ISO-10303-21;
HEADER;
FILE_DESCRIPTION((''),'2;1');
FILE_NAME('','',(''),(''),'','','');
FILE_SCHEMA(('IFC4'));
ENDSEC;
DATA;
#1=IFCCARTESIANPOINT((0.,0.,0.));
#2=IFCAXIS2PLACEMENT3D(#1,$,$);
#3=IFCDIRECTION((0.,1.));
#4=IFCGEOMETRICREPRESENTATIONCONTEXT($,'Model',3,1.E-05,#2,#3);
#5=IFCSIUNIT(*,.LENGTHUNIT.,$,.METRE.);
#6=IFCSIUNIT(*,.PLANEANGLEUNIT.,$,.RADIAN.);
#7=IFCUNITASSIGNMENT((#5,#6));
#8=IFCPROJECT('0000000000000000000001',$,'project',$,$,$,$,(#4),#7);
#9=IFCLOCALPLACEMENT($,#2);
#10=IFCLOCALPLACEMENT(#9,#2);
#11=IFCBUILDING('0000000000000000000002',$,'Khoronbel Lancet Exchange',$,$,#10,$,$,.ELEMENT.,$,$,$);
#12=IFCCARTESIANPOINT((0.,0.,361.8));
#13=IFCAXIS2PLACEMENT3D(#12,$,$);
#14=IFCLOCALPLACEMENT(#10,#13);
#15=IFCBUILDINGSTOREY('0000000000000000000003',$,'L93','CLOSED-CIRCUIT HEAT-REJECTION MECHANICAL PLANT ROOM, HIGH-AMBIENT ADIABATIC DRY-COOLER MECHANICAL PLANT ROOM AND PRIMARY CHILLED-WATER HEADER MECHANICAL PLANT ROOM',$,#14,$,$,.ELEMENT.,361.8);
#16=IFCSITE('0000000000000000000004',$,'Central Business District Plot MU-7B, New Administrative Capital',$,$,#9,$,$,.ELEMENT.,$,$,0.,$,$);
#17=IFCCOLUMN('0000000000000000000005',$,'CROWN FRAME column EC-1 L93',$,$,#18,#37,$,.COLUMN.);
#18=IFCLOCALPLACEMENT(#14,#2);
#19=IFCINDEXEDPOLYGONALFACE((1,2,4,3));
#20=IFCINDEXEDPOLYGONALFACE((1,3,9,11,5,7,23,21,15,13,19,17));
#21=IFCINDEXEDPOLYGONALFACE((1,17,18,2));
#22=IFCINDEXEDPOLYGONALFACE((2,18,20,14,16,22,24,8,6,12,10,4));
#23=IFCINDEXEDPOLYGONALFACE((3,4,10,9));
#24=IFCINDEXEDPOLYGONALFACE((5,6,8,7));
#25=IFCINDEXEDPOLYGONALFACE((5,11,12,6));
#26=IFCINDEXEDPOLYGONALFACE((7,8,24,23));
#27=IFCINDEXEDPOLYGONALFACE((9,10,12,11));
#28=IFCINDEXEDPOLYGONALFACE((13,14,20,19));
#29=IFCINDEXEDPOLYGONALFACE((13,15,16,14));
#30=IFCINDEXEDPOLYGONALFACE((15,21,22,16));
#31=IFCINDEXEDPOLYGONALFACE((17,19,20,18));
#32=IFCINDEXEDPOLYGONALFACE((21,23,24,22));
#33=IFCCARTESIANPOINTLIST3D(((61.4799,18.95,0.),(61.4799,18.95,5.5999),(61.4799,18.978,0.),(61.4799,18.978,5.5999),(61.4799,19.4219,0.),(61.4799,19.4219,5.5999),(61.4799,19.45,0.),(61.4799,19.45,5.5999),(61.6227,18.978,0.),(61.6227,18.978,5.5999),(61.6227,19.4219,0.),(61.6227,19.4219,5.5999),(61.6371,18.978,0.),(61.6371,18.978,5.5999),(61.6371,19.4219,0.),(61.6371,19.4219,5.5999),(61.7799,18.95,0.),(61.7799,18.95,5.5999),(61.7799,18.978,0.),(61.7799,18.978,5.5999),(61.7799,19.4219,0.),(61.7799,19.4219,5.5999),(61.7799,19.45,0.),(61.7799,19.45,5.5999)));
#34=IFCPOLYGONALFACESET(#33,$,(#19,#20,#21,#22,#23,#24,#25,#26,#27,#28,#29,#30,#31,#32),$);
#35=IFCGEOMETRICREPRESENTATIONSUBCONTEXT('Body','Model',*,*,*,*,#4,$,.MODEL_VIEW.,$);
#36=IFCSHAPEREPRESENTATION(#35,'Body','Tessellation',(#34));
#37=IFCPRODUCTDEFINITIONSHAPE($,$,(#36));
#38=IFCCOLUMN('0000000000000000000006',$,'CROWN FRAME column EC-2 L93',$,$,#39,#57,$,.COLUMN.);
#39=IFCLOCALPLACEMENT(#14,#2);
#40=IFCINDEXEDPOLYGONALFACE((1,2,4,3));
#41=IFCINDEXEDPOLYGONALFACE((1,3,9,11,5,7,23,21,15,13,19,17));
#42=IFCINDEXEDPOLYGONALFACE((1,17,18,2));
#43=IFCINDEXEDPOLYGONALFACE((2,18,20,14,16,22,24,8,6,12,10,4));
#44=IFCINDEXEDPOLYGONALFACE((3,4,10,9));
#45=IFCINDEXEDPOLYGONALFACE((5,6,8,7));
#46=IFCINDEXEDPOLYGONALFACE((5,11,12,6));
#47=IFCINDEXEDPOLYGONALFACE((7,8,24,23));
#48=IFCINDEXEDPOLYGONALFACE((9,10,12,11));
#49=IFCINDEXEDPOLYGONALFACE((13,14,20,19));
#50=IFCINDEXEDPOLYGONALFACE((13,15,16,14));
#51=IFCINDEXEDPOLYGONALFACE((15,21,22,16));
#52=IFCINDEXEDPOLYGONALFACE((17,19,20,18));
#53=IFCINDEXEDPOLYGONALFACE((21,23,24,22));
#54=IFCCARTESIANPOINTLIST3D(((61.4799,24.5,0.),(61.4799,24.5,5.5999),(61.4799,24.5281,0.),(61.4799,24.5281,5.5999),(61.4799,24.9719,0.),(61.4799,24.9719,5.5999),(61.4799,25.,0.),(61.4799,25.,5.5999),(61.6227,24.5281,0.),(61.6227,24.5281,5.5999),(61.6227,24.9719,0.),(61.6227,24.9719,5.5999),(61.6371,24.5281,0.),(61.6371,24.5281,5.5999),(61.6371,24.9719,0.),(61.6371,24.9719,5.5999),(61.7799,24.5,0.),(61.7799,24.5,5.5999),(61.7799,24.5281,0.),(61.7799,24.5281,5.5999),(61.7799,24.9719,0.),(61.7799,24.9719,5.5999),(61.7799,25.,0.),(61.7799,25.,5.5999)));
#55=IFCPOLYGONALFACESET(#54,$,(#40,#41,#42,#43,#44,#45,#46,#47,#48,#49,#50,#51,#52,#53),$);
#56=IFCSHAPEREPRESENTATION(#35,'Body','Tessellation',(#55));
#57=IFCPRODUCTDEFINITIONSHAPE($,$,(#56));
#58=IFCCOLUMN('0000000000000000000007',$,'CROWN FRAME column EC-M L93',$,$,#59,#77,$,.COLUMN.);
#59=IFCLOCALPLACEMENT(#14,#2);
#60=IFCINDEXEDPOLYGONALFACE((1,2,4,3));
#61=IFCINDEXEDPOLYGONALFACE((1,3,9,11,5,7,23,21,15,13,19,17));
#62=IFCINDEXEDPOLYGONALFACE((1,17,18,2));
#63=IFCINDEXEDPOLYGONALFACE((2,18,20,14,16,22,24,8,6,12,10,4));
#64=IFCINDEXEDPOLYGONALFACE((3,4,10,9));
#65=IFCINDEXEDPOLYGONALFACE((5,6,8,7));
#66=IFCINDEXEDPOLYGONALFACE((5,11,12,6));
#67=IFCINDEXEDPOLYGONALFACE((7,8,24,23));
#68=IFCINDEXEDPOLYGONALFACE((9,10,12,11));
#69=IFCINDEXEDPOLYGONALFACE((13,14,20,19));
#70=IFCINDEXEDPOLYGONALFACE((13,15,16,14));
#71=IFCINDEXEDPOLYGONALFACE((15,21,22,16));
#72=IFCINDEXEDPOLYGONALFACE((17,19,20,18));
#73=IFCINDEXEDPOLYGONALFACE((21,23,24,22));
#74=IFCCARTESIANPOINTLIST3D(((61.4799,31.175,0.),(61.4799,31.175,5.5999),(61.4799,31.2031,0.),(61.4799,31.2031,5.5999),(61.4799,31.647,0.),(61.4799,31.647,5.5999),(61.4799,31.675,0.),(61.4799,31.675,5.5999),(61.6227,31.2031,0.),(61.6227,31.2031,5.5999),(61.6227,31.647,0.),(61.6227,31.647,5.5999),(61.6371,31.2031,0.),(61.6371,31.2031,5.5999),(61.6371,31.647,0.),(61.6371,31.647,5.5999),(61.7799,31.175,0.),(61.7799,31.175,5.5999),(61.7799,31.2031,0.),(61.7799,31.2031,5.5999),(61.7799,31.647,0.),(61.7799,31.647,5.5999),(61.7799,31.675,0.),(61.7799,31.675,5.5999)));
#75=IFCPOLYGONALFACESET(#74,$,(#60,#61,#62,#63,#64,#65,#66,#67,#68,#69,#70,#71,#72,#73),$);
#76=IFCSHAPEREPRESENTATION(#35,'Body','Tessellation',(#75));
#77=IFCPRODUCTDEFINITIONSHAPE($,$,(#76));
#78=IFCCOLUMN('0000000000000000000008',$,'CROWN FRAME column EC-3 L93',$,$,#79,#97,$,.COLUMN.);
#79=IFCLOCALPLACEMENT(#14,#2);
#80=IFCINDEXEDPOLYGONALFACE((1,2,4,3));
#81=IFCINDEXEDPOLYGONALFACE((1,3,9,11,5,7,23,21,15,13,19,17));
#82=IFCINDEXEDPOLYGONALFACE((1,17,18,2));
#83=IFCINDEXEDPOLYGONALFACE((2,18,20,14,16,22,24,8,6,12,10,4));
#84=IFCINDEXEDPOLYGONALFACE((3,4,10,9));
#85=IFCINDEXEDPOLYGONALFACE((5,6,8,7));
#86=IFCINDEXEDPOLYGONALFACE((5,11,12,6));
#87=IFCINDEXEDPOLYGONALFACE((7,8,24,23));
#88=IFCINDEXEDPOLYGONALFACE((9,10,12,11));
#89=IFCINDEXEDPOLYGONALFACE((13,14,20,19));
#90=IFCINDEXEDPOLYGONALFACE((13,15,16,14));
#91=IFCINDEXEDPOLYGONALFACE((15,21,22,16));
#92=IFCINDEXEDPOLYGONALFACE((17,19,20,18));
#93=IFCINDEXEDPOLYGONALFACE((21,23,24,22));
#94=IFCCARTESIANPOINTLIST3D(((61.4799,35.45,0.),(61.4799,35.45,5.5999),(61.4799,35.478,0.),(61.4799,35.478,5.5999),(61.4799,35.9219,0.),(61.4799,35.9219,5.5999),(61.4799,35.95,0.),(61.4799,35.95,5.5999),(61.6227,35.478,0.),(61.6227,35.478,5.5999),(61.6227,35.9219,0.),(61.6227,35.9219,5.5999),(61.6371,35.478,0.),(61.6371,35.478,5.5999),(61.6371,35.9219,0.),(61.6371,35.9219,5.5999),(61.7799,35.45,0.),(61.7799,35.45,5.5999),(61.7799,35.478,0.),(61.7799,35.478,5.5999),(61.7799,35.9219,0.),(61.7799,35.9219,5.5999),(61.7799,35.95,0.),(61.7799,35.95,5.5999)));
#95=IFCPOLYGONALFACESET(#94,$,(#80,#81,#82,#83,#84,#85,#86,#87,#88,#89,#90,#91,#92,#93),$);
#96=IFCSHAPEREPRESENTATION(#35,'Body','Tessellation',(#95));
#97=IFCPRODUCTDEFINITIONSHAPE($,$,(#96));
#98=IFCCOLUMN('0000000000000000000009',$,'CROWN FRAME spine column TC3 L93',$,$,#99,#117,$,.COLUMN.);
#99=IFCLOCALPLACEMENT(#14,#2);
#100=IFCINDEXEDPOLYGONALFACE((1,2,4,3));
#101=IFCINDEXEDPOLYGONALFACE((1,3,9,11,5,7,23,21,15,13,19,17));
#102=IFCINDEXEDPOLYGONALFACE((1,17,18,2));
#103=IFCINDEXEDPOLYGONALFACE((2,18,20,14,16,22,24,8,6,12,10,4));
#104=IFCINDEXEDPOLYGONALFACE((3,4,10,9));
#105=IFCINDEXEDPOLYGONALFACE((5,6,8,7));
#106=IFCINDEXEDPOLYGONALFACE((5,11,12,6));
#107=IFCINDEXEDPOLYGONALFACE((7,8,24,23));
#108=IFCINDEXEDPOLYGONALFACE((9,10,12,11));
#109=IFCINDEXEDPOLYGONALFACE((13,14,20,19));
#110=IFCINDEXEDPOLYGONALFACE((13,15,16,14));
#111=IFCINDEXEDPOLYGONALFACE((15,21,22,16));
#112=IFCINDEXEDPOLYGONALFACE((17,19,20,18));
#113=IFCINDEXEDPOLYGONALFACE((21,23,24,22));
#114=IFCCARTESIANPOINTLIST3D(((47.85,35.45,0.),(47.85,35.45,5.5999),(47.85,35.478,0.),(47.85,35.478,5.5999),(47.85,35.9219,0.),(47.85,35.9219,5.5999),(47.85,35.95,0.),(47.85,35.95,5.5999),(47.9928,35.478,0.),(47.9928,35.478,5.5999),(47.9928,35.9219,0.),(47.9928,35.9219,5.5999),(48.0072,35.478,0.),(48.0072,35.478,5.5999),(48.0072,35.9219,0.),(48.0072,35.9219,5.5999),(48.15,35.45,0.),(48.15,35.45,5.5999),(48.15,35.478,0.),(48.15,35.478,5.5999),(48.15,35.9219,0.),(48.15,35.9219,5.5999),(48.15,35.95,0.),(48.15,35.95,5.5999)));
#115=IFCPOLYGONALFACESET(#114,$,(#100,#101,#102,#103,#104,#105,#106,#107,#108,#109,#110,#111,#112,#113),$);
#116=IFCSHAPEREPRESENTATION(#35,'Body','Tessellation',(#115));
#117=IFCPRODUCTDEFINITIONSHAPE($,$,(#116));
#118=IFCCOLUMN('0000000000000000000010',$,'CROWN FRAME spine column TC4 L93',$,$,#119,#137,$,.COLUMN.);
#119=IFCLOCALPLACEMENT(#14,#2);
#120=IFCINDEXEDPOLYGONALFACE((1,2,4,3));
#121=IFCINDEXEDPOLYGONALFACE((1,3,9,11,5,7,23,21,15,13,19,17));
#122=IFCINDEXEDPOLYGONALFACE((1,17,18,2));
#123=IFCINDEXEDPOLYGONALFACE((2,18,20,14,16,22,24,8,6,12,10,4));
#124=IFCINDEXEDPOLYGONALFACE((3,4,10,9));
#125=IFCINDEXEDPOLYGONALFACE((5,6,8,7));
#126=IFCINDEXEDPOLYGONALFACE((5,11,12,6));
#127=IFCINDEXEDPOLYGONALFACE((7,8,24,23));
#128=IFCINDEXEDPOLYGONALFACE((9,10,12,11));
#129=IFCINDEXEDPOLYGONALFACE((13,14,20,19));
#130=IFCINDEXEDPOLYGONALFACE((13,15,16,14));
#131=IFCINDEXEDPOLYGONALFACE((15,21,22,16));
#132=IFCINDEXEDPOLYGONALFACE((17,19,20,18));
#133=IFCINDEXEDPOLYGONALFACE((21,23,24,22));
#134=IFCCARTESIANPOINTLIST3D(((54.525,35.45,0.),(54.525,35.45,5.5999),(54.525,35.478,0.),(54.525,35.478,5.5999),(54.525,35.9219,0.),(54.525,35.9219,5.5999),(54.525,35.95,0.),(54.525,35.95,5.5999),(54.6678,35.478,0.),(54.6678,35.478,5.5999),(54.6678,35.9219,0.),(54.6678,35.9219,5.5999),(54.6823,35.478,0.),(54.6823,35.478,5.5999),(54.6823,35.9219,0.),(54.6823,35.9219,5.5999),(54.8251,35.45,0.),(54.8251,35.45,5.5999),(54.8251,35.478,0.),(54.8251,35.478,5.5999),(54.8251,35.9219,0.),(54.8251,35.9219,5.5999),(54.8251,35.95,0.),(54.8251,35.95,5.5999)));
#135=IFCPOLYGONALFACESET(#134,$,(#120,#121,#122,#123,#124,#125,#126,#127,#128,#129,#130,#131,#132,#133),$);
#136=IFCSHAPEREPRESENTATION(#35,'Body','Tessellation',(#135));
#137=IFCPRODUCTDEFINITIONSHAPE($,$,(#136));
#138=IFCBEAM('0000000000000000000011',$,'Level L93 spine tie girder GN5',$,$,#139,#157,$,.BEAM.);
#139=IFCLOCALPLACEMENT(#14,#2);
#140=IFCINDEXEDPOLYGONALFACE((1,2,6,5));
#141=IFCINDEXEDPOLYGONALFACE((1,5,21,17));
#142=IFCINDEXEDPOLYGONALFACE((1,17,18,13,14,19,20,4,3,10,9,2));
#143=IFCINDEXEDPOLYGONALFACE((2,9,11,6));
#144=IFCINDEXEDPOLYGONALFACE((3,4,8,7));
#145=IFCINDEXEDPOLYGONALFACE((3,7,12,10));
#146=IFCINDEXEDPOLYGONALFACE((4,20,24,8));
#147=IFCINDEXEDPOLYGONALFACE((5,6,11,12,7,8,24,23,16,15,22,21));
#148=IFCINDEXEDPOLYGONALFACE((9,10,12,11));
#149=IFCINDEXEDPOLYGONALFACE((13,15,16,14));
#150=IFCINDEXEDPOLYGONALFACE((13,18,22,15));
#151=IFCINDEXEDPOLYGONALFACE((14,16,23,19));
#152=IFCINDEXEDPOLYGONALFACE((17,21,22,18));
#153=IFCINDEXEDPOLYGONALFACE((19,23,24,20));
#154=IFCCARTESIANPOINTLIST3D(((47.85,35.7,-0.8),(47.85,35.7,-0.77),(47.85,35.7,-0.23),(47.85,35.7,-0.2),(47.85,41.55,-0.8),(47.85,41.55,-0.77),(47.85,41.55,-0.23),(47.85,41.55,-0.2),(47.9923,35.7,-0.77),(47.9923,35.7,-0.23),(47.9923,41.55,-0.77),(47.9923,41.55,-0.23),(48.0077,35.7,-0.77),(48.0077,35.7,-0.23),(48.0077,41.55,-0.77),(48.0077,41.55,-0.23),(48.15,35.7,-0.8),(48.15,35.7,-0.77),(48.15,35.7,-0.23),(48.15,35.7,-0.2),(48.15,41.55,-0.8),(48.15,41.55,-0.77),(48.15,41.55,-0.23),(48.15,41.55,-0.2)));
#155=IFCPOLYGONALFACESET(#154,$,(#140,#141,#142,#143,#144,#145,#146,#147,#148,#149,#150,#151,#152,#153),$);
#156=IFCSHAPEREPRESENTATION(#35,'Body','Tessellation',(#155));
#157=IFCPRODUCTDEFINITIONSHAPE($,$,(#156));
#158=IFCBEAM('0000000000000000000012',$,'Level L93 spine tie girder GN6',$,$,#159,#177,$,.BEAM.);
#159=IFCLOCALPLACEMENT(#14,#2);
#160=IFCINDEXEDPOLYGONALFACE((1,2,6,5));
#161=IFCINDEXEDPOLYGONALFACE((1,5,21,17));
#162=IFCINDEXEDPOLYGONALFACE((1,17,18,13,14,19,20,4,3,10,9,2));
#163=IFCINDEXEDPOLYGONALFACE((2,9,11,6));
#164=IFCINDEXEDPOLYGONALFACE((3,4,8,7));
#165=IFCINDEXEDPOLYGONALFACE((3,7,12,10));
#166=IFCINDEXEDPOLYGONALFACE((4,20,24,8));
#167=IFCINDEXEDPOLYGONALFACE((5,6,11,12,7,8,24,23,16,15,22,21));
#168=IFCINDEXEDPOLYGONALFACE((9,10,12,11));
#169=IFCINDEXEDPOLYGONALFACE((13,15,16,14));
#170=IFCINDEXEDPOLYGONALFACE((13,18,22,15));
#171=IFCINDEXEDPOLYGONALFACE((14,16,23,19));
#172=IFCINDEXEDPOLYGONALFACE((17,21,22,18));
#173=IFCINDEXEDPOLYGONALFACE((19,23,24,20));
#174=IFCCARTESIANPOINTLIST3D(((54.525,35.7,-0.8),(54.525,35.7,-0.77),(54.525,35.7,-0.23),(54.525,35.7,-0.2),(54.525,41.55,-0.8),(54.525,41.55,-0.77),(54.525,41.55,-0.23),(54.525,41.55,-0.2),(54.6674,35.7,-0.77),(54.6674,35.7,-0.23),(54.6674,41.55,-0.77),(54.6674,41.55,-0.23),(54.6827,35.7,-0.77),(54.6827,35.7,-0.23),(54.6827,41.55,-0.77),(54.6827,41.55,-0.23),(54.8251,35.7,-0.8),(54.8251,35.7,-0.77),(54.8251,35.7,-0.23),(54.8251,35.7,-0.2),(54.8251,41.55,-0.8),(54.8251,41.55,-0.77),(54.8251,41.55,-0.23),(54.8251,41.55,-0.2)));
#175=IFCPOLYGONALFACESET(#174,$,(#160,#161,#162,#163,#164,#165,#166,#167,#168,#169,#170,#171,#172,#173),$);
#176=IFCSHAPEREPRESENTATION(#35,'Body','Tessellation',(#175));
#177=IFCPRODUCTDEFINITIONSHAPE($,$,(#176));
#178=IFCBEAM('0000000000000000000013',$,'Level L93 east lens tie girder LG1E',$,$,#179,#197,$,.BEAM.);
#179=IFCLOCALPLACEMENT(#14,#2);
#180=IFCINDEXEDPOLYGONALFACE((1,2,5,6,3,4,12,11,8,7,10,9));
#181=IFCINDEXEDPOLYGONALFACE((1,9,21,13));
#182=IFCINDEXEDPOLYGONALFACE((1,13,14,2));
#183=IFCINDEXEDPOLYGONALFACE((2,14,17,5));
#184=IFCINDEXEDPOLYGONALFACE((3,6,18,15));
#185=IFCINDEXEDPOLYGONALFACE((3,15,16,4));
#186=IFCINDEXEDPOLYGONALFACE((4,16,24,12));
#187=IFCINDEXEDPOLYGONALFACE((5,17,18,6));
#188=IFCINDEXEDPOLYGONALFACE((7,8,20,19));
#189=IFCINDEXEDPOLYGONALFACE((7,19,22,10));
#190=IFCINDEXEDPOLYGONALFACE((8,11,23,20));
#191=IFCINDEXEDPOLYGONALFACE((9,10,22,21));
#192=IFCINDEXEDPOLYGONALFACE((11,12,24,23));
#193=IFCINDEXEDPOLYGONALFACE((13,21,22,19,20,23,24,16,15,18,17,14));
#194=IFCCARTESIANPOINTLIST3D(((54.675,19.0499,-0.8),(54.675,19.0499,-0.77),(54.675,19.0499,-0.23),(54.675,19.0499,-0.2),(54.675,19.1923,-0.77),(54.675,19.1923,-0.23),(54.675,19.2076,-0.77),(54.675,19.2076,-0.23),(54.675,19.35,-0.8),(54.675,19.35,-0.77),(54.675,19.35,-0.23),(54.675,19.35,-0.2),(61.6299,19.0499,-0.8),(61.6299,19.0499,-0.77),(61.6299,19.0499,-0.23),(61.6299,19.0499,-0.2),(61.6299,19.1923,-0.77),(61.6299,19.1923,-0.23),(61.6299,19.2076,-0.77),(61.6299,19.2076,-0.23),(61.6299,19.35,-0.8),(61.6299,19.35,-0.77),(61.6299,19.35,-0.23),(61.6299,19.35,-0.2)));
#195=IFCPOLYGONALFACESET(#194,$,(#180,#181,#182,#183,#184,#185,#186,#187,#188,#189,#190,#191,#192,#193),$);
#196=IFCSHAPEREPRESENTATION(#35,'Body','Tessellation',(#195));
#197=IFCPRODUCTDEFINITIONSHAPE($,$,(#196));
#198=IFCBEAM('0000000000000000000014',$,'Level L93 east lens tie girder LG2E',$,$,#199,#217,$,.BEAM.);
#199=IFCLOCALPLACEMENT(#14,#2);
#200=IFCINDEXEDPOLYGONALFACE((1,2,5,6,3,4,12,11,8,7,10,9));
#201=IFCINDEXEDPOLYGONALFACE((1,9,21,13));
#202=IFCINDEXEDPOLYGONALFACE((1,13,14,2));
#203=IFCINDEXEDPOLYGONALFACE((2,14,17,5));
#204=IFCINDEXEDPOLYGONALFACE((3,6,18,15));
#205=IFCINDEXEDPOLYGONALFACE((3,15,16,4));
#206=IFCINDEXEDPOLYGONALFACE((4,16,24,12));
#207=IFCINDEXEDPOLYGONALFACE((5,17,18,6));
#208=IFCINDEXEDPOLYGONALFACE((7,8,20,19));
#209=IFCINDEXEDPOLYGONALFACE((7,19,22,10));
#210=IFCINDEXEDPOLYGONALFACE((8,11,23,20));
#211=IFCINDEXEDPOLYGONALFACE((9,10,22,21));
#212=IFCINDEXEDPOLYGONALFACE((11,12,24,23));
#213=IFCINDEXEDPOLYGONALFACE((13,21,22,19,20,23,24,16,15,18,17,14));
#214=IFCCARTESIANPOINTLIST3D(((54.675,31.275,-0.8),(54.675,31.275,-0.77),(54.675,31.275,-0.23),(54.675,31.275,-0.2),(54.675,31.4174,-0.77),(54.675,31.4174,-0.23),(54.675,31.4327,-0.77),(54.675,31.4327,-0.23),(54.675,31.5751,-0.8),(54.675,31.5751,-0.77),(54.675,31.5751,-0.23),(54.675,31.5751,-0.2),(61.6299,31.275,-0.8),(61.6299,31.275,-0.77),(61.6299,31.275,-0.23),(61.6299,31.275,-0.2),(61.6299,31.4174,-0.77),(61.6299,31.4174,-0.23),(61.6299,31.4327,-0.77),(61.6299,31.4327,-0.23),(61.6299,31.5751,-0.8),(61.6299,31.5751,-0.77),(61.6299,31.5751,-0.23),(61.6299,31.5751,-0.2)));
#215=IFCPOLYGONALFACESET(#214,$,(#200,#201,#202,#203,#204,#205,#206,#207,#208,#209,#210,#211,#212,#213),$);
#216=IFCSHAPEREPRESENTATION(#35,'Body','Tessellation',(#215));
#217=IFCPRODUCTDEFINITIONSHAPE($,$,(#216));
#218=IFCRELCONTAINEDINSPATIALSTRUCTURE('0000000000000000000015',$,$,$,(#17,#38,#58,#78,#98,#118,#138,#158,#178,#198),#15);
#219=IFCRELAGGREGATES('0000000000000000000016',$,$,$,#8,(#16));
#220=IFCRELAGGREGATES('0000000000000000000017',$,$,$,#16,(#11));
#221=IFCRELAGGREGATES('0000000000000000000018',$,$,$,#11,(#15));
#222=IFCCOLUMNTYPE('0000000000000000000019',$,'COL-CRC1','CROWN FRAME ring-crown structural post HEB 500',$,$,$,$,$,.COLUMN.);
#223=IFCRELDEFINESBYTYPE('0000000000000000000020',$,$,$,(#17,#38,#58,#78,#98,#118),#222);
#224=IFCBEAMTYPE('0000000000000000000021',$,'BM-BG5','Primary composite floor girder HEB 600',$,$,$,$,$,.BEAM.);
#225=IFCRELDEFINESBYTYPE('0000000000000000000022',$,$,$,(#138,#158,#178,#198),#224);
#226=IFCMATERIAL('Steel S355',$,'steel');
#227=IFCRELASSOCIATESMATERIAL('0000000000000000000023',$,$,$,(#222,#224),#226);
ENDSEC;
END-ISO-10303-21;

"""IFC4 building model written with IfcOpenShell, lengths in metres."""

from ifc_helpers import new_model, si_unit, direction, frame, origin, origin_2d, place, context, subcontext, project, spatial, i_section, extrude, material, material_profile, profile_set, type_object, element, save


model = new_model("IFC4")

# Units and contexts
model_context = context("Model", 3, precision=1e-05, world=origin(), true_north=direction((0.0, 1.0)))
body_context = subcontext(model_context, "Body", "Model", "MODEL_VIEW")
ifc_project = project(units=[si_unit("LENGTHUNIT", "METRE"), si_unit("PLANEANGLEUNIT", "RADIAN")], contexts=[model_context])

# Site, building, storey
site_placement = place(None, origin())
site = spatial("IfcSite", under=ifc_project, at=site_placement, Name="Central Business District Plot MU-7B, New Administrative Capital", CompositionType="ELEMENT", RefElevation=0.0)
building_placement = place(site_placement, origin())
building = spatial("IfcBuilding", under=site, at=building_placement, Name="Khoronbel Lancet Exchange", CompositionType="ELEMENT")
storey_placement = place(building_placement, frame((0.0, 0.0, 361.8)))
storey = spatial("IfcBuildingStorey", under=building, at=storey_placement, Name="L93", Description="CLOSED-CIRCUIT HEAT-REJECTION MECHANICAL PLANT ROOM, HIGH-AMBIENT ADIABATIC DRY-COOLER MECHANICAL PLANT ROOM AND PRIMARY CHILLED-WATER HEADER MECHANICAL PLANT ROOM", CompositionType="ELEMENT", Elevation=361.8)

# Columns
ifc_material_1 = material(Name="Steel S355", Category="steel")
ifc_material_profile_1 = material_profile(ifc_material_1, i_section(OverallWidth=0.3, OverallDepth=0.5, WebThickness=0.0144, FlangeThickness=0.0281, at=origin_2d()), Name="HEB 500")
ifc_profile_set_1 = profile_set([ifc_material_profile_1], Name="Steel S355")
column_type = type_object("IfcColumnType", Name="COL-CRC1", Description="CROWN FRAME ring-crown structural post HEB 500", PredefinedType="COLUMN", material=ifc_profile_set_1)
for number, where, z_axis, x_axis, name in (
    (1, (61.6299, 19.2, 0.0), (0.0, 0.0, 1.0), (1.0, 0.0, 0.0), "CROWN FRAME column EC-1 L93"),
    (2, (61.6299, 24.75, 0.0), (0.0, 0.0, 1.0), (1.0, 0.0, 0.0), "CROWN FRAME column EC-2 L93"),
    (3, (61.6299, 31.425, 0.0), (0.0, 0.0, 1.0), (1.0, 0.0, 0.0), "CROWN FRAME column EC-M L93"),
    (4, (61.6299, 35.7, 0.0), (0.0, 0.0, 1.0), (1.0, 0.0, 0.0), "CROWN FRAME column EC-3 L93"),
    (5, (48.0, 35.7, 0.0), (0.0, 0.0, 1.0), (1.0, 0.0, 0.0), "CROWN FRAME spine column TC3 L93"),
    (6, (54.675, 35.7, 0.0), (0.0, 0.0, 1.0), (1.0, 0.0, 0.0), "CROWN FRAME spine column TC4 L93"),
):
    element("IfcColumn", number, at=place(storey_placement, frame(where, z_axis=z_axis, x_axis=x_axis)), inside=storey, type_object=column_type, Name=name, PredefinedType="COLUMN", context=body_context, shape_type="SweptSolid", body=[
        extrude(i_section(OverallWidth=0.3, OverallDepth=0.5, WebThickness=0.0144, FlangeThickness=0.0281, at=origin_2d()), origin(), (0.0, 0.0, 1.0), 5.5999),
    ])

# Beams
ifc_material_profile_2 = material_profile(ifc_material_1, i_section(OverallWidth=0.3, OverallDepth=0.6001, WebThickness=0.0154, FlangeThickness=0.03, at=origin_2d()), Name="HEB 600")
ifc_profile_set_2 = profile_set([ifc_material_profile_2], Name="Steel S355")
beam_type_1 = type_object("IfcBeamType", Name="BM-BG5", Description="Primary composite floor girder HEB 600", PredefinedType="BEAM", material=ifc_profile_set_2)
for number, where, z_axis, x_axis, name in (
    (7, (48.0, 35.7, -0.5), (0.0, 1.0, 0.0), (-1.0, 0.0, 0.0), "Level L93 spine tie girder GN5"),
    (8, (54.675, 35.7, -0.5), (0.0, 1.0, 0.0), (-1.0, 0.0, 0.0), "Level L93 spine tie girder GN6"),
):
    element("IfcBeam", number, at=place(storey_placement, frame(where, z_axis=z_axis, x_axis=x_axis)), inside=storey, type_object=beam_type_1, Name=name, PredefinedType="BEAM", context=body_context, shape_type="SweptSolid", body=[
        extrude(i_section(OverallWidth=0.3, OverallDepth=0.6001, WebThickness=0.0154, FlangeThickness=0.03, at=origin_2d()), origin(), (0.0, 0.0, 1.0), 5.8501),
    ])
for number, where, z_axis, x_axis, name in (
    (9, (54.675, 19.2, -0.5), (1.0, 0.0, 0.0), (0.0, 1.0, 0.0), "Level L93 east lens tie girder LG1E"),
    (10, (54.675, 31.425, -0.5), (1.0, 0.0, 0.0), (0.0, 1.0, 0.0), "Level L93 east lens tie girder LG2E"),
):
    element("IfcBeam", number, at=place(storey_placement, frame(where, z_axis=z_axis, x_axis=x_axis)), inside=storey, type_object=beam_type_1, Name=name, PredefinedType="BEAM", context=body_context, shape_type="SweptSolid", body=[
        extrude(i_section(OverallWidth=0.3, OverallDepth=0.6001, WebThickness=0.0154, FlangeThickness=0.03, at=origin_2d()), origin(), (0.0, 0.0, 1.0), 6.9548),
    ])

save(model, "model.ifc")
